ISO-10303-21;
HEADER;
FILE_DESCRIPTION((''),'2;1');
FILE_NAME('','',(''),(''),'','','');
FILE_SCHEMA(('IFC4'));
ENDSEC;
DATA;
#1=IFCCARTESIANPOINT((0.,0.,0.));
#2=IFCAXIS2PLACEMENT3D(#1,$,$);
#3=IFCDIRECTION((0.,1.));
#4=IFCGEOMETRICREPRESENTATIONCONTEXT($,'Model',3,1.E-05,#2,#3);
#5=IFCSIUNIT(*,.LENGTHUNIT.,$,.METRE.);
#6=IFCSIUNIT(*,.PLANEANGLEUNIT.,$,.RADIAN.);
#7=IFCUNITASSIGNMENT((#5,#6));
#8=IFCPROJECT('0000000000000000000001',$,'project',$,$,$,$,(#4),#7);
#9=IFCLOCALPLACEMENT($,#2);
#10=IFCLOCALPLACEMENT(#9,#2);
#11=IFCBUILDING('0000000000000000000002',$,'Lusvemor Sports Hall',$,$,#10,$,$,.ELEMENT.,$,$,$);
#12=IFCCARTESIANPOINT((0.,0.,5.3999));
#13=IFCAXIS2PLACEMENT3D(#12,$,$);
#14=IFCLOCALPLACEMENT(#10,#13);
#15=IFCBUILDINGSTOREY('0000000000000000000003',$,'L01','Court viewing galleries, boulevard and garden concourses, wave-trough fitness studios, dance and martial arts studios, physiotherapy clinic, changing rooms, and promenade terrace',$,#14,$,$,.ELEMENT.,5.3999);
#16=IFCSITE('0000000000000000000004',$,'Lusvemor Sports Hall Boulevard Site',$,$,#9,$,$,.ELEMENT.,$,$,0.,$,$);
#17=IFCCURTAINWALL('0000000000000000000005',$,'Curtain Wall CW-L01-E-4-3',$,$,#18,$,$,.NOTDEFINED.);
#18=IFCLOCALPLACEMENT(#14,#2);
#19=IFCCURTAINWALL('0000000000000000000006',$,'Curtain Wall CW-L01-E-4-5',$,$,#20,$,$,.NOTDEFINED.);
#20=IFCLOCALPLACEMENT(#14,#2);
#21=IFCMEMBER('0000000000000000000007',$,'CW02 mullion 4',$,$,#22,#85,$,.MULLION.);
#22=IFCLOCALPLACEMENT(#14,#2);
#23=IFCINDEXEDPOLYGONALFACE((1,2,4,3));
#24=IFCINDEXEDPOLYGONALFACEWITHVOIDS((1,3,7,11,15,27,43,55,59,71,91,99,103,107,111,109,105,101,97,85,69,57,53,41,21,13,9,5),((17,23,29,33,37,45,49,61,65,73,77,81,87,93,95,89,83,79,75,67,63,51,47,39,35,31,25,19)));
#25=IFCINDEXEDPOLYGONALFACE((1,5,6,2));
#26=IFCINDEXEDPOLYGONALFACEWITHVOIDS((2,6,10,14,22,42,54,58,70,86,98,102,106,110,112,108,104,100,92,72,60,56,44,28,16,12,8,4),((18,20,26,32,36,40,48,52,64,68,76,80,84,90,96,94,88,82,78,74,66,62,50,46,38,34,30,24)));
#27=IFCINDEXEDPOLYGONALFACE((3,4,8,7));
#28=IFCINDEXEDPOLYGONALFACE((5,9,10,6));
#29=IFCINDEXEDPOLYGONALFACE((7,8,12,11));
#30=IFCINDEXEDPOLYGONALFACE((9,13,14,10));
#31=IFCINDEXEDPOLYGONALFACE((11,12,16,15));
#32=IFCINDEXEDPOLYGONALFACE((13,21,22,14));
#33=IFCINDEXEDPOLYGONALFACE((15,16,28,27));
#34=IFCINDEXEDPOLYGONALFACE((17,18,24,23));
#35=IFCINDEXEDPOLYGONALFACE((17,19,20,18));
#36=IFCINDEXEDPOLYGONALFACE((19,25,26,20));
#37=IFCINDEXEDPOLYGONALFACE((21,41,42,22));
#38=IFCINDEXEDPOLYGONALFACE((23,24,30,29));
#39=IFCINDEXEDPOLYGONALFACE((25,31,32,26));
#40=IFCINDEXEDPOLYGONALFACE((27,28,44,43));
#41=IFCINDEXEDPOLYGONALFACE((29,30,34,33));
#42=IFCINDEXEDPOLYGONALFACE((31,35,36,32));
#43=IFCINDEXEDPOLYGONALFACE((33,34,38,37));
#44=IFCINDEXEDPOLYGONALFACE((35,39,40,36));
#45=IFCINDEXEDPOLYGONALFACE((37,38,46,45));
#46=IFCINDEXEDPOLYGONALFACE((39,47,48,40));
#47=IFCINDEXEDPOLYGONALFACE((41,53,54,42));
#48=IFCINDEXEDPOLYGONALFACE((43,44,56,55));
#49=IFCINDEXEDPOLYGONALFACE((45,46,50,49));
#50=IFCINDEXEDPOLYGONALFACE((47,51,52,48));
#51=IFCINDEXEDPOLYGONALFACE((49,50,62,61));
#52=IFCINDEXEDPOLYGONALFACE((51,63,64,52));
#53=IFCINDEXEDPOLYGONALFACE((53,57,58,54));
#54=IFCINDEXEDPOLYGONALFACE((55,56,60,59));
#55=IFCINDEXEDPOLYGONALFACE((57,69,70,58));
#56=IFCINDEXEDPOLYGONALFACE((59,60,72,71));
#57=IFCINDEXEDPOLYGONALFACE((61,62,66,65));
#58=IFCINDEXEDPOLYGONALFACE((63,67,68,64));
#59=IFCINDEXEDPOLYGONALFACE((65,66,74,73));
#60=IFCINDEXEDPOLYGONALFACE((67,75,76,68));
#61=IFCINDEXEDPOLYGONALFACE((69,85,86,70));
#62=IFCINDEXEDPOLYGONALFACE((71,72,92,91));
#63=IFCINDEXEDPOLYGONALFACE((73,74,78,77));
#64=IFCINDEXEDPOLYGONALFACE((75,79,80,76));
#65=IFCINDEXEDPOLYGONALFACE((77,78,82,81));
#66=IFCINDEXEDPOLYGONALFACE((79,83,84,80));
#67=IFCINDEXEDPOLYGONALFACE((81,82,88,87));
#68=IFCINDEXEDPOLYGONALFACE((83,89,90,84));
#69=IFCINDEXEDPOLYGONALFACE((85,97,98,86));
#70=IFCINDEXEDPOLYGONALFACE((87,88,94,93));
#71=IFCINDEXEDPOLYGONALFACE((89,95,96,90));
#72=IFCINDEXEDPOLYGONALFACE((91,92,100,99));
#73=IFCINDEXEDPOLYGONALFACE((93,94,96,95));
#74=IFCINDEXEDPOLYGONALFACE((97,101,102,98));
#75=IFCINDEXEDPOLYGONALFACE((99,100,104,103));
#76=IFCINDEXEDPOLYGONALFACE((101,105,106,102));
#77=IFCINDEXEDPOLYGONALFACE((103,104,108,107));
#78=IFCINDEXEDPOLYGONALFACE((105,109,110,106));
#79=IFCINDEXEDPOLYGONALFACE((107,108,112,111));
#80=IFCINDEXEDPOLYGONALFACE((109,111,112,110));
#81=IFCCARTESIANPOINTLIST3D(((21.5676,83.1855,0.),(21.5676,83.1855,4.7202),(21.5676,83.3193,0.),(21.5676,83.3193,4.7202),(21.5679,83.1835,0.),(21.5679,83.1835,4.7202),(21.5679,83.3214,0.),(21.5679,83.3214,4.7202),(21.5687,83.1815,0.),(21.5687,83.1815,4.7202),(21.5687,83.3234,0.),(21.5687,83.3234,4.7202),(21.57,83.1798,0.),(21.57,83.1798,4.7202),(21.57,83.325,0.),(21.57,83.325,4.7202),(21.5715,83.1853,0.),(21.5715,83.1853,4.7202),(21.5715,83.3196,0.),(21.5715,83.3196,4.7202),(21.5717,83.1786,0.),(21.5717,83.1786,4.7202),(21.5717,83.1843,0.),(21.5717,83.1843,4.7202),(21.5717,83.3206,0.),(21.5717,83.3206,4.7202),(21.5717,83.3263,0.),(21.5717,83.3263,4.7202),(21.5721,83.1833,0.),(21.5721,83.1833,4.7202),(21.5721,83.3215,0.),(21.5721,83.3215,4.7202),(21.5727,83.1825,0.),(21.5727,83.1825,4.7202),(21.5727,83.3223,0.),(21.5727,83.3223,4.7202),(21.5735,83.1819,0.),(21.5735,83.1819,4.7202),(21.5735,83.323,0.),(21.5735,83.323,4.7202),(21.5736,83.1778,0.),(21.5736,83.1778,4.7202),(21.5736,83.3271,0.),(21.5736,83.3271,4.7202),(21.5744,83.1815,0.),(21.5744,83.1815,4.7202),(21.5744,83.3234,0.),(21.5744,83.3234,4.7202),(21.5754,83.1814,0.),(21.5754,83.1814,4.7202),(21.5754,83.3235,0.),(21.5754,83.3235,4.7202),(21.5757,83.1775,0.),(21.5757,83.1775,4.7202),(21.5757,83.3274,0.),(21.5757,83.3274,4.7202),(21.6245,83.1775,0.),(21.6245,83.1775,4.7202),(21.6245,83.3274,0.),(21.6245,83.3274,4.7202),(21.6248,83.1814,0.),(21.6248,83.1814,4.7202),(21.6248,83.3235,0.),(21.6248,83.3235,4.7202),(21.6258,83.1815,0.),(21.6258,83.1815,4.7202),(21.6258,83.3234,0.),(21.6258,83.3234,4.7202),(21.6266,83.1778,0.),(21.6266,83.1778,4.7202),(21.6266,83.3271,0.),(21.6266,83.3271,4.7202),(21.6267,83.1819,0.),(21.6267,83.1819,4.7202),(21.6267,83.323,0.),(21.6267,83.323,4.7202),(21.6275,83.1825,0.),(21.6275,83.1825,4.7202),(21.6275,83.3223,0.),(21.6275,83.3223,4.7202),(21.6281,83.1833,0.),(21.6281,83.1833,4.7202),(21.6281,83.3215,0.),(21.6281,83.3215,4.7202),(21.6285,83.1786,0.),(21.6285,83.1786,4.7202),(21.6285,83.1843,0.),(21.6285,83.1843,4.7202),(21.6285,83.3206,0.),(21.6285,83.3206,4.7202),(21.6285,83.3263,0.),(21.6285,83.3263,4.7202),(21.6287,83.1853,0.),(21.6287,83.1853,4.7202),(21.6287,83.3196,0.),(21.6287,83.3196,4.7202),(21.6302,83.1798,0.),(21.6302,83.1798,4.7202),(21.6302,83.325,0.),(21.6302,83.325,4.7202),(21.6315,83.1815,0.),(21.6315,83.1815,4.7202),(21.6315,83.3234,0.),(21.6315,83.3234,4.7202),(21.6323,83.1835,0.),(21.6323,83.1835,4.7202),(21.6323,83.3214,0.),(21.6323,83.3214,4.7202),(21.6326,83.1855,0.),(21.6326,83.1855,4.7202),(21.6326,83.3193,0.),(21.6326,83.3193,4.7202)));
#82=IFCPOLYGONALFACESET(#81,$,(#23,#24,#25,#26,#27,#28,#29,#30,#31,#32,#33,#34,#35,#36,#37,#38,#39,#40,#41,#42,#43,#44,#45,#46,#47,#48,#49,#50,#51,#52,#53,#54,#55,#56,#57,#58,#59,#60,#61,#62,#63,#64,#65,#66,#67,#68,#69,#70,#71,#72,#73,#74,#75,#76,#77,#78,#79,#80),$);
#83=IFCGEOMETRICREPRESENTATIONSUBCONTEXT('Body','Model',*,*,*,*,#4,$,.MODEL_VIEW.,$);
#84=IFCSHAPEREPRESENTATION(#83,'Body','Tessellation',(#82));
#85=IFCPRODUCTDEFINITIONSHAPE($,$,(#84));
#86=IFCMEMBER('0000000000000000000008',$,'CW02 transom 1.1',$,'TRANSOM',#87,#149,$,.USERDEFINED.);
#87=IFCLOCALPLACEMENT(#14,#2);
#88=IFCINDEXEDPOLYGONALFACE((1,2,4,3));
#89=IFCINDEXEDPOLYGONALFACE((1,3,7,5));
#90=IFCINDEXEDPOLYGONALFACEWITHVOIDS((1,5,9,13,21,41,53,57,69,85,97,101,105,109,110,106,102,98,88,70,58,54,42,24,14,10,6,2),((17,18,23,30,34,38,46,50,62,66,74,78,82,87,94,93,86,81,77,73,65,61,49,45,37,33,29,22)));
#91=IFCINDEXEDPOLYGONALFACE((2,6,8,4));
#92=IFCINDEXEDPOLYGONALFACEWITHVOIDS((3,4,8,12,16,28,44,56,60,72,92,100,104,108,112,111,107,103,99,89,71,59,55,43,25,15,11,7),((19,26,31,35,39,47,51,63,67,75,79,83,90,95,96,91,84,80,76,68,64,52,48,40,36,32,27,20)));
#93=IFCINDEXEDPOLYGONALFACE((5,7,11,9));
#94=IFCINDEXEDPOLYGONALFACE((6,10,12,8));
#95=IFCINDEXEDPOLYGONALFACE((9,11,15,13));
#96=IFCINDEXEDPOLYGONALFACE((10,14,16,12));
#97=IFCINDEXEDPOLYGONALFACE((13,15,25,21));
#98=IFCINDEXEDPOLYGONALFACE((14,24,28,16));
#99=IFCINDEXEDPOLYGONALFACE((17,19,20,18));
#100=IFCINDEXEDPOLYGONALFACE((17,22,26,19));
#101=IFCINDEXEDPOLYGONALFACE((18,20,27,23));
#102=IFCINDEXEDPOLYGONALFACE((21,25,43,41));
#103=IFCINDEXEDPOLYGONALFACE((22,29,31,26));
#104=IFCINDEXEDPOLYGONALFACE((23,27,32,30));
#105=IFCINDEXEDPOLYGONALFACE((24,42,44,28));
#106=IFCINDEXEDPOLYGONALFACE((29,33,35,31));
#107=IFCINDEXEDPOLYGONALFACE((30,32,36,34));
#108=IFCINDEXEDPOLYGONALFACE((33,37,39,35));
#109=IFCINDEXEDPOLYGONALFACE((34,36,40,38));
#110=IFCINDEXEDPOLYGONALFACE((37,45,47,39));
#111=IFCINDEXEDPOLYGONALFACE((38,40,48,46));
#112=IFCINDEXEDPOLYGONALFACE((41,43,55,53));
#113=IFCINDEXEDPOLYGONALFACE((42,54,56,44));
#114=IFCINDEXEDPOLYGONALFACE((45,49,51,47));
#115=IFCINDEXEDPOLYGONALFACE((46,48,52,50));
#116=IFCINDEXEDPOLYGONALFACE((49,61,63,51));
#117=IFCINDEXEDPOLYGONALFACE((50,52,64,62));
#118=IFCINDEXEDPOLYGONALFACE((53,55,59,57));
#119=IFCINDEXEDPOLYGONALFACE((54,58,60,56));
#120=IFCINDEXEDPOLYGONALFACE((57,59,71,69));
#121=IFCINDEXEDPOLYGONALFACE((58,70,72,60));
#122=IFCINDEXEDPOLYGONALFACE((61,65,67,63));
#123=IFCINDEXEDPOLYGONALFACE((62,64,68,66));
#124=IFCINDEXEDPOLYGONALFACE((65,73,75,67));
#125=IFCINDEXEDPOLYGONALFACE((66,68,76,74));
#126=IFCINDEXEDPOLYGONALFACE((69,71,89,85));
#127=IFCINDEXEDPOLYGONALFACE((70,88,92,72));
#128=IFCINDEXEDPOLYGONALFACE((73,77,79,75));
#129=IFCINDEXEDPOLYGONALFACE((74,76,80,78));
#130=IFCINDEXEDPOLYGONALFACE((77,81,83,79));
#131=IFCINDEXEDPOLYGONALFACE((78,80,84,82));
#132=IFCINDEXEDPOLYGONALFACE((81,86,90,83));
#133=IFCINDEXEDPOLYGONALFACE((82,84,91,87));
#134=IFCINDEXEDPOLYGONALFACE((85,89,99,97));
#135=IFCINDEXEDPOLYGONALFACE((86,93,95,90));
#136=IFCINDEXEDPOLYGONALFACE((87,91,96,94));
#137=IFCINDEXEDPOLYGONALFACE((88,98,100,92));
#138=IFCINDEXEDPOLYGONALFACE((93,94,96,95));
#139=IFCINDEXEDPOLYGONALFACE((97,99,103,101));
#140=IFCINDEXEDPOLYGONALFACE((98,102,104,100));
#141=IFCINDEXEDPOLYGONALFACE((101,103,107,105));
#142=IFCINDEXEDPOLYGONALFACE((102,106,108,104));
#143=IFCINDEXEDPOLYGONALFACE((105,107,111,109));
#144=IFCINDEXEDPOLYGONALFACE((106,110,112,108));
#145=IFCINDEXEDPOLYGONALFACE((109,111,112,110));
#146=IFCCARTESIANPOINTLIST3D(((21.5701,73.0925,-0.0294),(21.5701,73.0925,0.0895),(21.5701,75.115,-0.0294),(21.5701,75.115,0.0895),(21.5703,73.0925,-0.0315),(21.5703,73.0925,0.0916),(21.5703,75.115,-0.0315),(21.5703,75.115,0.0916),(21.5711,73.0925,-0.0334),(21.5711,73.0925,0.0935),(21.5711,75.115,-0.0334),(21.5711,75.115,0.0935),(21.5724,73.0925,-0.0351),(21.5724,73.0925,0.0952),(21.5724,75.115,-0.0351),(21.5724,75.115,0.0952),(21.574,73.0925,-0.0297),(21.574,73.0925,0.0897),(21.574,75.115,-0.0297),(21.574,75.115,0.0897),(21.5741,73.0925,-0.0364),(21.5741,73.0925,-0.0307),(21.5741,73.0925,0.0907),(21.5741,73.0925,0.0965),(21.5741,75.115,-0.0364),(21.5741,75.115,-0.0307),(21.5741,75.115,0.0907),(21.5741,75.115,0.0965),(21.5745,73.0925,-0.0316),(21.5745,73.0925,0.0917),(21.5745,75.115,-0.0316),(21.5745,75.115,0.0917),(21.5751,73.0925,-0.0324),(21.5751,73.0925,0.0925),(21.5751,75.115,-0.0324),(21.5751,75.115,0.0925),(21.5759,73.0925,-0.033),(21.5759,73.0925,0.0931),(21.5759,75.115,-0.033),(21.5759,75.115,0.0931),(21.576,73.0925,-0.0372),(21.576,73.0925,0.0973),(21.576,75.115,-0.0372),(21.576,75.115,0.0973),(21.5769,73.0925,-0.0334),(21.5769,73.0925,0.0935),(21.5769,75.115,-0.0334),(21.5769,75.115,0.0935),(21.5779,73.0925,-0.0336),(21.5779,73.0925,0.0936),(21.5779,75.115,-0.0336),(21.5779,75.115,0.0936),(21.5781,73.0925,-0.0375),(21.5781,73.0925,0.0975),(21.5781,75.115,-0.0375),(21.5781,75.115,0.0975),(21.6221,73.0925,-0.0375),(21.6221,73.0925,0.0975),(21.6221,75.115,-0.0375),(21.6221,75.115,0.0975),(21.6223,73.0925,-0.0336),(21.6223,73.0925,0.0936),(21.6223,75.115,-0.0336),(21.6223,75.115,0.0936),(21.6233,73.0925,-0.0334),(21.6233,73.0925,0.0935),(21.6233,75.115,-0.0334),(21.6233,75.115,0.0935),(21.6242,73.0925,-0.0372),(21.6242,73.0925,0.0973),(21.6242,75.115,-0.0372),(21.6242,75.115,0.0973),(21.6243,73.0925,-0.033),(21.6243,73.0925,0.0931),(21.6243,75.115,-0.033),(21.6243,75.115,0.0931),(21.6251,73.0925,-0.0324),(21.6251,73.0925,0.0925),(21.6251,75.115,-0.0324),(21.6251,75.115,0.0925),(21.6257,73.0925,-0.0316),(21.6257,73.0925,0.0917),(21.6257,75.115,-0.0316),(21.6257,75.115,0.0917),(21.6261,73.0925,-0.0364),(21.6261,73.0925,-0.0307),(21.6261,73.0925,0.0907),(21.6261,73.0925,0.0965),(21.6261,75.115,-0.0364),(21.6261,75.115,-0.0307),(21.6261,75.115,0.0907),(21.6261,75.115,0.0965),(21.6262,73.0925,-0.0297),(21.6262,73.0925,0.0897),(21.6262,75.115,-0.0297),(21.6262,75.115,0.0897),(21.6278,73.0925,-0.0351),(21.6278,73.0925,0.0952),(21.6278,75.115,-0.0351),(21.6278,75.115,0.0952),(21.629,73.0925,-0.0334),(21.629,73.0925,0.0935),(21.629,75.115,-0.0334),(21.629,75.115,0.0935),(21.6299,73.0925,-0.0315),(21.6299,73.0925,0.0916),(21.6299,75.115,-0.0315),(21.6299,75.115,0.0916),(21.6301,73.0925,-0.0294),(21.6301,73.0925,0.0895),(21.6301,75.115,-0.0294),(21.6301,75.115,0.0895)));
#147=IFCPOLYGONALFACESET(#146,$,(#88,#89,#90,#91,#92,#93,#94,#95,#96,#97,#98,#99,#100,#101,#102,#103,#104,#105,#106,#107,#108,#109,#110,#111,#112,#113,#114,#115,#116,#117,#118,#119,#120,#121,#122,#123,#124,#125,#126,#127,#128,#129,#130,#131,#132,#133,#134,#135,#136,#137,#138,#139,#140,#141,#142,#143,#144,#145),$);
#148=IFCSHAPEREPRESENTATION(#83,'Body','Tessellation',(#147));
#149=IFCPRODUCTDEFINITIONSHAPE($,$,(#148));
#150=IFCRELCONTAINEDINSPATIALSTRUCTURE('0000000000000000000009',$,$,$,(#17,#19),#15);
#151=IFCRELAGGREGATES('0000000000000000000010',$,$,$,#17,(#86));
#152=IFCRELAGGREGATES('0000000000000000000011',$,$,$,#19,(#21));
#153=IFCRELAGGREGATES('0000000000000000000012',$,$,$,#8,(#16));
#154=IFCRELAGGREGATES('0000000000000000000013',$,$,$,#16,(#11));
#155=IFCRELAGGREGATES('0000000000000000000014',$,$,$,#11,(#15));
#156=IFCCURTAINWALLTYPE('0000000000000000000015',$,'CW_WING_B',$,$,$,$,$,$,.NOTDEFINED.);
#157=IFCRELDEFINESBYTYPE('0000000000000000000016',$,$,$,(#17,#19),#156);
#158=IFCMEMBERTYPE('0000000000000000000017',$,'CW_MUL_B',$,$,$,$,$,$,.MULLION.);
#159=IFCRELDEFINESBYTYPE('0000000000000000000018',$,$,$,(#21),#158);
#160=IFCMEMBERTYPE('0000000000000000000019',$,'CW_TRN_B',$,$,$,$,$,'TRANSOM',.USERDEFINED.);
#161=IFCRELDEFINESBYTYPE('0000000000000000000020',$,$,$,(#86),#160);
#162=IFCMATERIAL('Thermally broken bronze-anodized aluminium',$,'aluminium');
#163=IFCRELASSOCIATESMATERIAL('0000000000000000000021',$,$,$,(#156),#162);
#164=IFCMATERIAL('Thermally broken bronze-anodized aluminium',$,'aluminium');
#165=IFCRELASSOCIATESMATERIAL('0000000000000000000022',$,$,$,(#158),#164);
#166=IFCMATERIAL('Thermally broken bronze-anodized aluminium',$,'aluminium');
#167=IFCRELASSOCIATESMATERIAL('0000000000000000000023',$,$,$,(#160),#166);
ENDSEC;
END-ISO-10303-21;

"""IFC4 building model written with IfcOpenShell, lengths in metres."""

from ifc_helpers import new_model, si_unit, direction, frame, origin, origin_2d, place, context, subcontext, project, spatial, hollow_rectangle, extrude, material, material_profile, profile_set, type_object, element, aggregate, save


model = new_model("IFC4")

# Units and contexts
model_context = context("Model", 3, precision=1e-05, world=origin(), true_north=direction((0.0, 1.0)))
body_context = subcontext(model_context, "Body", "Model", "MODEL_VIEW")
ifc_project = project(units=[si_unit("LENGTHUNIT", "METRE"), si_unit("PLANEANGLEUNIT", "RADIAN")], contexts=[model_context])

# Site, building, storey
site_placement = place(None, origin())
site = spatial("IfcSite", under=ifc_project, at=site_placement, Name="Lusvemor Sports Hall Boulevard Site", CompositionType="ELEMENT", RefElevation=0.0)
building_placement = place(site_placement, origin())
building = spatial("IfcBuilding", under=site, at=building_placement, Name="Lusvemor Sports Hall", CompositionType="ELEMENT")
storey_placement = place(building_placement, frame((0.0, 0.0, 5.3999)))
storey = spatial("IfcBuildingStorey", under=building, at=storey_placement, Name="L01", Description="Court viewing galleries, boulevard and garden concourses, wave-trough fitness studios, dance and martial arts studios, physiotherapy clinic, changing rooms, and promenade terrace", CompositionType="ELEMENT", Elevation=5.3999)

# Curtain walls, member
ifc_material_1 = material(Name="Thermally broken bronze-anodized aluminium", Category="aluminium")
curtain_wall_type = type_object("IfcCurtainWallType", Name="CW_WING_B", PredefinedType="NOTDEFINED", material=ifc_material_1)
curtain_wall_1_placement = place(storey_placement, origin())
curtain_wall_1 = element("IfcCurtainWall", 1, at=curtain_wall_1_placement, inside=storey, type_object=curtain_wall_type, Name="Curtain Wall CW-L01-E-4-3", PredefinedType="NOTDEFINED")
ifc_material_2 = material(Name="Thermally broken bronze-anodized aluminium", Category="aluminium")
ifc_material_profile_1 = material_profile(ifc_material_2, hollow_rectangle(XDim=0.0649, YDim=0.1499, WallThickness=0.0039, InnerFilletRadius=0.0039, OuterFilletRadius=0.0081, at=origin_2d()), Name="CWMUL150x65x4")
ifc_profile_set_1 = profile_set([ifc_material_profile_1], Name="Thermally broken bronze-anodized aluminium")
member_type_1 = type_object("IfcMemberType", Name="CW_MUL_B", PredefinedType="MULLION", material=ifc_profile_set_1)
curtain_wall_2_placement = place(storey_placement, origin())
curtain_wall_2 = element("IfcCurtainWall", 2, at=curtain_wall_2_placement, inside=storey, type_object=curtain_wall_type, Name="Curtain Wall CW-L01-E-4-5", PredefinedType="NOTDEFINED")
member_1_placement = place(storey_placement, frame((21.6001, 83.2524, 0.0), z_axis=(0.0, 0.0, 1.0), x_axis=(1.0, 0.0, 0.0)))
member_1 = element("IfcMember", 3, at=member_1_placement, type_object=member_type_1, Name="CW02 mullion 4", PredefinedType="MULLION", context=body_context, shape_type="SweptSolid", body=[
    extrude(hollow_rectangle(XDim=0.0649, YDim=0.1499, WallThickness=0.0039, InnerFilletRadius=0.0039, OuterFilletRadius=0.0081, at=origin_2d()), origin(), (0.0, 0.0, 1.0), 4.7202),
])

# Member
ifc_material_3 = material(Name="Thermally broken bronze-anodized aluminium", Category="aluminium")
ifc_material_profile_2 = material_profile(ifc_material_3, hollow_rectangle(XDim=0.0601, YDim=0.135, WallThickness=0.0039, InnerFilletRadius=0.0039, OuterFilletRadius=0.0081, at=origin_2d()), Name="CWTRN135x60x4")
ifc_profile_set_2 = profile_set([ifc_material_profile_2], Name="Thermally broken bronze-anodized aluminium")
member_type_2 = type_object("IfcMemberType", Name="CW_TRN_B", ElementType="TRANSOM", PredefinedType="USERDEFINED", material=ifc_profile_set_2)
member_2_placement = place(storey_placement, frame((21.6001, 75.115, 0.03), z_axis=(0.0, -1.0, 0.0), x_axis=(1.0, 0.0, 0.0)))
member_2 = element("IfcMember", 4, at=member_2_placement, type_object=member_type_2, Name="CW02 transom 1.1", ObjectType="TRANSOM", PredefinedType="USERDEFINED", context=body_context, shape_type="SweptSolid", body=[
    extrude(hollow_rectangle(XDim=0.0601, YDim=0.135, WallThickness=0.0039, InnerFilletRadius=0.0039, OuterFilletRadius=0.0081, at=origin_2d()), origin(), (0.0, 0.0, 1.0), 2.0225),
])
aggregate(curtain_wall_1, [member_2])

aggregate(curtain_wall_2, [member_1])

save(model, "model.ifc")
